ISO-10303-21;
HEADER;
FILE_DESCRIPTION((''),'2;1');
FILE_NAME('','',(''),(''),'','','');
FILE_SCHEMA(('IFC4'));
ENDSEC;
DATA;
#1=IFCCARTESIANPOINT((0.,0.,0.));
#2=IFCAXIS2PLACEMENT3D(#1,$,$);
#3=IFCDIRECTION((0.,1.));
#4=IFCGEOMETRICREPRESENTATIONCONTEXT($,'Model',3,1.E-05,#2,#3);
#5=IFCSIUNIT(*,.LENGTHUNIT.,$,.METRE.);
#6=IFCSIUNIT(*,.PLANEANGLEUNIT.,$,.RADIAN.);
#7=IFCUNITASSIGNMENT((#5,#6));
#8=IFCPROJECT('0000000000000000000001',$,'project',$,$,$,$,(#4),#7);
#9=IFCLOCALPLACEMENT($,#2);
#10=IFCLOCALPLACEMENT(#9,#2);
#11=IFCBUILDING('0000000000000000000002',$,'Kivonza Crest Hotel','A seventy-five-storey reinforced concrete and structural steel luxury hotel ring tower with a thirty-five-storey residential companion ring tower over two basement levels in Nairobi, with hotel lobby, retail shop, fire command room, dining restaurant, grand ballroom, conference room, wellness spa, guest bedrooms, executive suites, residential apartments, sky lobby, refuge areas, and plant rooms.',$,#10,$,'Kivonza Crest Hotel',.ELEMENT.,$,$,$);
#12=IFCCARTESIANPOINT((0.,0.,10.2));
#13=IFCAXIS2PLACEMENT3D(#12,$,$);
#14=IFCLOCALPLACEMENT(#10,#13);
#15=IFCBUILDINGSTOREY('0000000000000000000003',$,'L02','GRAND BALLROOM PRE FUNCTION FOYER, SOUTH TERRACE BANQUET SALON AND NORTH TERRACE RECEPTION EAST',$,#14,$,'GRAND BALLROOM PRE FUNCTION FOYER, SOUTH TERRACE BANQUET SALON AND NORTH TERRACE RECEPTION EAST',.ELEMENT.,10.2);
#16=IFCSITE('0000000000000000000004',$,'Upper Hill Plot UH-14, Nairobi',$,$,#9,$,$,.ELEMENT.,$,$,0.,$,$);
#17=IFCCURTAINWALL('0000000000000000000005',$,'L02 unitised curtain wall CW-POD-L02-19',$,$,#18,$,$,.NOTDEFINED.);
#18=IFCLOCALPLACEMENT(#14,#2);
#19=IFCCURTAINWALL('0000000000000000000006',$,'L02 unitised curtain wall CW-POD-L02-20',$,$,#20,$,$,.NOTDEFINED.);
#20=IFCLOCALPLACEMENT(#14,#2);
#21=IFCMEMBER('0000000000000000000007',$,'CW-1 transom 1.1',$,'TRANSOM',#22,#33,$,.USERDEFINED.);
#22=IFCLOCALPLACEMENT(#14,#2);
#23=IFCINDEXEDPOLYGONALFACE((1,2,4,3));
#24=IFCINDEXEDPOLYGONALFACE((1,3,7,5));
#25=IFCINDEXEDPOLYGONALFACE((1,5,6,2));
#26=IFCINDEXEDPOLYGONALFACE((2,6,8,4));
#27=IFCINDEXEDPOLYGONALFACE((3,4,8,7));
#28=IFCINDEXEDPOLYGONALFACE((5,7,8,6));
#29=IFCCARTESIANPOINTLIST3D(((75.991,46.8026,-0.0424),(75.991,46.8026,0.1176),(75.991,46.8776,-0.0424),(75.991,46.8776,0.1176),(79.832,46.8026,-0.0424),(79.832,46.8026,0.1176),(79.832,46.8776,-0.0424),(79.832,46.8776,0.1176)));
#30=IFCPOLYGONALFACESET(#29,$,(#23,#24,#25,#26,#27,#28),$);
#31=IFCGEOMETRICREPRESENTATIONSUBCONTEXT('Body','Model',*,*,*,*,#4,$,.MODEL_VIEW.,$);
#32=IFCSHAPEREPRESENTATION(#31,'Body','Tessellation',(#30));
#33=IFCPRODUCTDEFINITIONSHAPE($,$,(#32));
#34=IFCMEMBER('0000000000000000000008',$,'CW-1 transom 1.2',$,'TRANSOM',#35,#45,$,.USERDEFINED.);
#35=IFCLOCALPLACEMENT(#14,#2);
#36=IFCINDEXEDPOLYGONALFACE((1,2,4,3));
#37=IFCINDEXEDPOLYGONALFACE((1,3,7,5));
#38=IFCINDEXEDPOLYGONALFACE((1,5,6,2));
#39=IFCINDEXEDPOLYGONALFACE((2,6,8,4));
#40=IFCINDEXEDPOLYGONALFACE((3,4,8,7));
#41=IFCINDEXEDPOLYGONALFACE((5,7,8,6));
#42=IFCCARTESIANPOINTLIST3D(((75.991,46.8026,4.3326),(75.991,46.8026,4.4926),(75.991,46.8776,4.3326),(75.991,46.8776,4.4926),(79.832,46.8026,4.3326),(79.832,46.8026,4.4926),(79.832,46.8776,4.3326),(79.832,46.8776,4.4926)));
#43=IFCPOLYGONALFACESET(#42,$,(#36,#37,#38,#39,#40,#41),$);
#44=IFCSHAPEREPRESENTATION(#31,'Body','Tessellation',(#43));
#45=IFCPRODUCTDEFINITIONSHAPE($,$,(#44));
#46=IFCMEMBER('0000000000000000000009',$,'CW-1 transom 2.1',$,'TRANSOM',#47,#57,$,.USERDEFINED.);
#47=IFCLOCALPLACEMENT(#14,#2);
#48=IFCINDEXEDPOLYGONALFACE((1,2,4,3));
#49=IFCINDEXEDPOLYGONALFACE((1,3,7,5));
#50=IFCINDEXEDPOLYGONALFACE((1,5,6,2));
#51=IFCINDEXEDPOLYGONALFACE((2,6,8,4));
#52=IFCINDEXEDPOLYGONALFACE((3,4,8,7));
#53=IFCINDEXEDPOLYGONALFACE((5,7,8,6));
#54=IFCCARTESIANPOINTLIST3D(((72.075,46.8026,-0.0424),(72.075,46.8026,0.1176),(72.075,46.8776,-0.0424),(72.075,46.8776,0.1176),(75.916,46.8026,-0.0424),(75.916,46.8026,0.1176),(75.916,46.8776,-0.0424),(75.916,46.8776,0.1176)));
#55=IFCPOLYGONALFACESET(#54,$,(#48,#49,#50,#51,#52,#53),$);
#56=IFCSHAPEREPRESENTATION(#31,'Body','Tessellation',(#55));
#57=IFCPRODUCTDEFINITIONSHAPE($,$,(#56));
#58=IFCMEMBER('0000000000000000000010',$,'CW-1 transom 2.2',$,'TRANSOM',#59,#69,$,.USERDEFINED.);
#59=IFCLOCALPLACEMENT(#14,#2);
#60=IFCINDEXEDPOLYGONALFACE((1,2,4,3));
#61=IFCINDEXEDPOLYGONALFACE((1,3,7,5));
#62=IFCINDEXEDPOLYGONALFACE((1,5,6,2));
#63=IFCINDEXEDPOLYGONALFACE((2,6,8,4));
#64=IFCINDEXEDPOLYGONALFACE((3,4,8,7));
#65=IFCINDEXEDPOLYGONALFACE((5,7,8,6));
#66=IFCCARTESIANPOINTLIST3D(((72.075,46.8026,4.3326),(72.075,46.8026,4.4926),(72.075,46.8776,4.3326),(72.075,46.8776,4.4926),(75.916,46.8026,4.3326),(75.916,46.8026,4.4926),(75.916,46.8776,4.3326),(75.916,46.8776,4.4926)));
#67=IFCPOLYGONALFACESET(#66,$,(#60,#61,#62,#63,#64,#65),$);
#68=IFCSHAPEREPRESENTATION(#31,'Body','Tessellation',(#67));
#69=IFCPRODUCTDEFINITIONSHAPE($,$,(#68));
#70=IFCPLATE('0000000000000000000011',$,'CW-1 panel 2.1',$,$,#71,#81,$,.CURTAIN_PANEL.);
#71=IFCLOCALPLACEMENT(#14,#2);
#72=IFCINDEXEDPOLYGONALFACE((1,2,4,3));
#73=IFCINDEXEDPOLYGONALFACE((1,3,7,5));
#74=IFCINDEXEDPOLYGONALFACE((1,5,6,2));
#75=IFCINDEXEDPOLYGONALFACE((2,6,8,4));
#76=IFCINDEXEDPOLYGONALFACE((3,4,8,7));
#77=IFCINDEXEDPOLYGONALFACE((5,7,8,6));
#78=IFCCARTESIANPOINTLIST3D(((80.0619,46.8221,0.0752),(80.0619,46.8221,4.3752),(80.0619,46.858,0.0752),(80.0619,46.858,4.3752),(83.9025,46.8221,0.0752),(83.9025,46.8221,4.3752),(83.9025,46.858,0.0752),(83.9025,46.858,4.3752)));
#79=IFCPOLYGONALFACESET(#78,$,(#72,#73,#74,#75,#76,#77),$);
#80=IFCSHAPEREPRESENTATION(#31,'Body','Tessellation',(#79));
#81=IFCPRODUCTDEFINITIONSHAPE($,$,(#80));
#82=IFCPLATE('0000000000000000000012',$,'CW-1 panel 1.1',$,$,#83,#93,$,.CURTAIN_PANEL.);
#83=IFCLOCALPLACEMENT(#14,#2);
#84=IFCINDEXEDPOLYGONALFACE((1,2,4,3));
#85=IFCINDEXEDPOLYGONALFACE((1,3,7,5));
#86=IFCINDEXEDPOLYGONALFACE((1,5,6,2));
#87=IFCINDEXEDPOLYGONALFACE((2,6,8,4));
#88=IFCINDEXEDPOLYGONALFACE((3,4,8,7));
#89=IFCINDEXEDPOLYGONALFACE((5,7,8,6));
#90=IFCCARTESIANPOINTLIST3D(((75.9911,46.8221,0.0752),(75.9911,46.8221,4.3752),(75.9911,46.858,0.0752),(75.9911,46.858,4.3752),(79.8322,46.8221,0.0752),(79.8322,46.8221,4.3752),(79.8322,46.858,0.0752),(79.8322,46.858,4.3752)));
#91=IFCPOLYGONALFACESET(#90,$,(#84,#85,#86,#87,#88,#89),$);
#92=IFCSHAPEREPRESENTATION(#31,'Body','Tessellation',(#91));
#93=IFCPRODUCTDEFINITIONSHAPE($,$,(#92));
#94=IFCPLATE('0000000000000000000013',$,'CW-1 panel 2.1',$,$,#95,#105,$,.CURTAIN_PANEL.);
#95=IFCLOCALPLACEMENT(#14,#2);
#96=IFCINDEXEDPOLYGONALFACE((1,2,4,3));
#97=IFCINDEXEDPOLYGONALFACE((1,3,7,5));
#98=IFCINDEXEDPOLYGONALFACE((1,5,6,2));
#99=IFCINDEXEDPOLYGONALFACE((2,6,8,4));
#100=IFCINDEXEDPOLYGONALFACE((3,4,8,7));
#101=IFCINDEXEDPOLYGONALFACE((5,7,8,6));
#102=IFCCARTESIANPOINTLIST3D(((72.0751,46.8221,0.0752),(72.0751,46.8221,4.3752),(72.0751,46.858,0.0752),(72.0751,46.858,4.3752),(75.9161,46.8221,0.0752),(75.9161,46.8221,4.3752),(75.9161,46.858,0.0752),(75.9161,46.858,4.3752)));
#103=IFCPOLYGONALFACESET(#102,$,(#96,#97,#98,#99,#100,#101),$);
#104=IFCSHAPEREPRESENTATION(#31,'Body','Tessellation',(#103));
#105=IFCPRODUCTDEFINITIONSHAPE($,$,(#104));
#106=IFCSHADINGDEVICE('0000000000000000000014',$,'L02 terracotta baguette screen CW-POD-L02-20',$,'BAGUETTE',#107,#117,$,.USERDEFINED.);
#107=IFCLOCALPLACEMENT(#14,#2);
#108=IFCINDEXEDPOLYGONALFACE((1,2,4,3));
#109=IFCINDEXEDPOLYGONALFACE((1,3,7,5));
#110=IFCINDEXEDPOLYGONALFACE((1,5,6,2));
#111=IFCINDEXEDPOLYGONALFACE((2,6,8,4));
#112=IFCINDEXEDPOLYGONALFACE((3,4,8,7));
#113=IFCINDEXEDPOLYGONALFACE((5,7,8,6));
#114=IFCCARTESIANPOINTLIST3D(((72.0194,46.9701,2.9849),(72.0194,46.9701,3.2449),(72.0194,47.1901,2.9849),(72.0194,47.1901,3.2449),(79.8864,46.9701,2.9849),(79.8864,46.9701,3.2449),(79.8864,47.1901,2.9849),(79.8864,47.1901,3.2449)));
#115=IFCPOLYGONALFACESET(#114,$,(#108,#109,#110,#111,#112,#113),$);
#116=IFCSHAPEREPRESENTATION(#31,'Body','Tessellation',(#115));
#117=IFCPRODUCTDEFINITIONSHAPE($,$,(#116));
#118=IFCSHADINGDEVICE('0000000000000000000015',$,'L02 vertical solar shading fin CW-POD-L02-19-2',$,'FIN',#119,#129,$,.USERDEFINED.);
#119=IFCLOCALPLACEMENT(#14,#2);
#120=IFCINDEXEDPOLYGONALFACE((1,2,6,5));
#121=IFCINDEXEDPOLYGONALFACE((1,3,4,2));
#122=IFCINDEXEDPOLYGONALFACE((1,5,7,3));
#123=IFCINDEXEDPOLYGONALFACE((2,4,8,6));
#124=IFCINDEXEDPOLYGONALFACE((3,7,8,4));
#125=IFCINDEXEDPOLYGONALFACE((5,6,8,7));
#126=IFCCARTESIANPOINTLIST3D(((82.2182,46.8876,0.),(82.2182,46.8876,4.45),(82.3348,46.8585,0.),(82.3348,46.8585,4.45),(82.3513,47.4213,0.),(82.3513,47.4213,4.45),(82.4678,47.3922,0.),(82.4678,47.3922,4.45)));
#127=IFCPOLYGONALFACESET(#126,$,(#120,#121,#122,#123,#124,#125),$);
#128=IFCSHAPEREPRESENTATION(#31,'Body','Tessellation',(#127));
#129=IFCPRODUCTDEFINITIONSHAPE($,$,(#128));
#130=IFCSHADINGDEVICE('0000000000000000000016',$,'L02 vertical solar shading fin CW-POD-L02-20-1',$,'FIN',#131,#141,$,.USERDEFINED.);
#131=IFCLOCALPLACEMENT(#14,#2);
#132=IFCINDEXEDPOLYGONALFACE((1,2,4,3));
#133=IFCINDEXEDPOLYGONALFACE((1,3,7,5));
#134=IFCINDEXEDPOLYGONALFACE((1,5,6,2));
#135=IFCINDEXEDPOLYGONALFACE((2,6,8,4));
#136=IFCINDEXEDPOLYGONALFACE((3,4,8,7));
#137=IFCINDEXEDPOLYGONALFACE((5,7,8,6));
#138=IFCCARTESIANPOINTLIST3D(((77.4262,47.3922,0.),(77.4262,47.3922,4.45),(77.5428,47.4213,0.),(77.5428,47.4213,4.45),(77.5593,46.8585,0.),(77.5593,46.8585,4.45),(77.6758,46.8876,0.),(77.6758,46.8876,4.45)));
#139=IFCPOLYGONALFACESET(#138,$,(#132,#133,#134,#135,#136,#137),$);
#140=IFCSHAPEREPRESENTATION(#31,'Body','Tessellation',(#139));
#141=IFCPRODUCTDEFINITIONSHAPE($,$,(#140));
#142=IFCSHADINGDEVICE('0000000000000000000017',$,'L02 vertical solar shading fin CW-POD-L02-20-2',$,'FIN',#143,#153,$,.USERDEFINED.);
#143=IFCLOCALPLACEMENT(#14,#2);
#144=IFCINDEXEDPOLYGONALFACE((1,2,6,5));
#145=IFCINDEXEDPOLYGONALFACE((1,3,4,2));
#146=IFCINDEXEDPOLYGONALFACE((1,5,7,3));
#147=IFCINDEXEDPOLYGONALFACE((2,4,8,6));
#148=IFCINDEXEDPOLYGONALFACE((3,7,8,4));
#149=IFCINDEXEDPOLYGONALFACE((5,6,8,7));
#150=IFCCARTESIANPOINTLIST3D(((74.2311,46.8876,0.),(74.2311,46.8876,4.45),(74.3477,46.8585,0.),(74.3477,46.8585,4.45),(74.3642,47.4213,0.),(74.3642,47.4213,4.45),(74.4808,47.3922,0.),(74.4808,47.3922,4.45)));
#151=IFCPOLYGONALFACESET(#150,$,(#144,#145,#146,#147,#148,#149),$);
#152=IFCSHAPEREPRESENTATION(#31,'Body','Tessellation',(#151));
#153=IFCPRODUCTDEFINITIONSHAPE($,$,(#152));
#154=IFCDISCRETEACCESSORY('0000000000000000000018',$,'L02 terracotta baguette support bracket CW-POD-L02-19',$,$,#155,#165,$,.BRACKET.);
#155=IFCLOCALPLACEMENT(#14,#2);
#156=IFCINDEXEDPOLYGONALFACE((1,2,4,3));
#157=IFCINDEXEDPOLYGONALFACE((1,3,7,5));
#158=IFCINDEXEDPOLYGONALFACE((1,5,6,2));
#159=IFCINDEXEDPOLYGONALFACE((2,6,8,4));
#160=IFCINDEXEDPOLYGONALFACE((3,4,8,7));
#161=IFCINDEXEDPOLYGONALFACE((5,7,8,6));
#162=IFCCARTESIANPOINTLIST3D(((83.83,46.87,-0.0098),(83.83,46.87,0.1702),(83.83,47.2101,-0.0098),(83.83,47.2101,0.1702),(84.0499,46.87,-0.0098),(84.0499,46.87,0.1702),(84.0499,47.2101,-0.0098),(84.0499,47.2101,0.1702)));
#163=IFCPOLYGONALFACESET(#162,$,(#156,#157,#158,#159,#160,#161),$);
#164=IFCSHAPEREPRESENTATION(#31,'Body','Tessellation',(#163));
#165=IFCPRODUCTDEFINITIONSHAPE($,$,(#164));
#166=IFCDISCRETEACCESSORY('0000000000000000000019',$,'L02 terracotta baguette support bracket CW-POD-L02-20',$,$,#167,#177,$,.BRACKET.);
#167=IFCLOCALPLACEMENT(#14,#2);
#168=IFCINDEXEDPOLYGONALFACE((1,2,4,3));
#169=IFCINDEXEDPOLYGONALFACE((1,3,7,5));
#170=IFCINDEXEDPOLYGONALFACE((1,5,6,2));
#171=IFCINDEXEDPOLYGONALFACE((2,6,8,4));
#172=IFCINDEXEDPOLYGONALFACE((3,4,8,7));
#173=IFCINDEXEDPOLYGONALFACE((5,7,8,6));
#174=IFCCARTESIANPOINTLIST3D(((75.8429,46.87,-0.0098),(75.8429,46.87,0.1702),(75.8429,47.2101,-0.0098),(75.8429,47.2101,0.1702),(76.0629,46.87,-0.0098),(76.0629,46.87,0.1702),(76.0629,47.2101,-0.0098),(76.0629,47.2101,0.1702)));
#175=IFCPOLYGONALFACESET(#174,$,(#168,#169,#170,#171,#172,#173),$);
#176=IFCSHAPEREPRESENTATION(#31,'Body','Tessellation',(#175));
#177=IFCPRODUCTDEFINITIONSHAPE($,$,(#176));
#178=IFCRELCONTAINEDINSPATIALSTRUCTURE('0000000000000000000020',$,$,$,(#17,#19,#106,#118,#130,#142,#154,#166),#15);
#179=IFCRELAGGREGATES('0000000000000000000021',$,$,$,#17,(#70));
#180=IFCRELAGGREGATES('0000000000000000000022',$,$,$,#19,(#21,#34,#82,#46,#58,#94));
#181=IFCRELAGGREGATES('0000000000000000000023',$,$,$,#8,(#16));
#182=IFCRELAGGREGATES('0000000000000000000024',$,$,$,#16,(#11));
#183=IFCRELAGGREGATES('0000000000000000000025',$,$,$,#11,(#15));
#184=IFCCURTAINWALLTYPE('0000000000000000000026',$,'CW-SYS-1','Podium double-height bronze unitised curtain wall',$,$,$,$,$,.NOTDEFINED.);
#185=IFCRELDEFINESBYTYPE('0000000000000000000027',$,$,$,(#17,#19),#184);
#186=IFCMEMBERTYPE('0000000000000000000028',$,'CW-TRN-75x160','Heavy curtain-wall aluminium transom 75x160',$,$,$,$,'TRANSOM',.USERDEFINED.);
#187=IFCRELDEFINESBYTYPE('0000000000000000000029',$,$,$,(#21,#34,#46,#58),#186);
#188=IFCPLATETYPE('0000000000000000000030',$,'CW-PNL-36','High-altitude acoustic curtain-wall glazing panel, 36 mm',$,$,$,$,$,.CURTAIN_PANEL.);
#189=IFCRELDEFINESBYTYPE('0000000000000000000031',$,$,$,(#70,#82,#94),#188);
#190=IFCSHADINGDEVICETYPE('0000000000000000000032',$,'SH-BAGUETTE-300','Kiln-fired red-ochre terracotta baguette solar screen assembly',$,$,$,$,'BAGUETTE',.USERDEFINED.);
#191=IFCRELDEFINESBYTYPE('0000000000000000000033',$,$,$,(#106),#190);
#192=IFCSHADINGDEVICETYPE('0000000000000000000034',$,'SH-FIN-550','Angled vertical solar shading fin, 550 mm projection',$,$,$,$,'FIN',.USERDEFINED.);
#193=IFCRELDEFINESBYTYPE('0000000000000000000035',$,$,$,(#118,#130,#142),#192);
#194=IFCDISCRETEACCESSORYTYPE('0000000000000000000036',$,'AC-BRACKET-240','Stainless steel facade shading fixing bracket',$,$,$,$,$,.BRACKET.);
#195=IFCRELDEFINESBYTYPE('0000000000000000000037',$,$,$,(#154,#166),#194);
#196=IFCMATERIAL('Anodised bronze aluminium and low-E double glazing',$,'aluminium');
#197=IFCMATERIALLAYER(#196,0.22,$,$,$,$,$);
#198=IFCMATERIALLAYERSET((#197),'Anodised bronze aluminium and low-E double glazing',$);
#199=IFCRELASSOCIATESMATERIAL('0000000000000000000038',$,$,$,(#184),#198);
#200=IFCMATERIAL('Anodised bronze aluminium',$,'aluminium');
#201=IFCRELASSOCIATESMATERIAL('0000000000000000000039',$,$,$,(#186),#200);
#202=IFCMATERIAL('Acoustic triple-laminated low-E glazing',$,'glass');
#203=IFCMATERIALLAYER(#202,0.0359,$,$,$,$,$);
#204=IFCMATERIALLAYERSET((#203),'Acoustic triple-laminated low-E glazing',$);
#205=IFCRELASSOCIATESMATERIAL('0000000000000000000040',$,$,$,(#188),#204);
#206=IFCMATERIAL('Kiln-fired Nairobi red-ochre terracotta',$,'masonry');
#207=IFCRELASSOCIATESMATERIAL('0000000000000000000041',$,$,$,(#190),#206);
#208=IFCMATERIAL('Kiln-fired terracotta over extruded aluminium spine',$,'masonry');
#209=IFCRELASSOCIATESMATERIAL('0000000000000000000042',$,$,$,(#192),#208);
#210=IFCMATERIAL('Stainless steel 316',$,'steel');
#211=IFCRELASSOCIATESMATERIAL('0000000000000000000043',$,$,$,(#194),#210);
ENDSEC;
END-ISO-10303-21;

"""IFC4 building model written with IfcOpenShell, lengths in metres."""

from ifc_helpers import new_model, si_unit, direction, frame, origin, origin_2d, place, context, subcontext, project, spatial, rectangle, extrude, material, layer, layer_set, material_profile, profile_set, type_object, element, aggregate, save


model = new_model("IFC4")

# Units and contexts
model_context = context("Model", 3, precision=1e-05, world=origin(), true_north=direction((0.0, 1.0)))
body_context = subcontext(model_context, "Body", "Model", "MODEL_VIEW")
ifc_project = project(units=[si_unit("LENGTHUNIT", "METRE"), si_unit("PLANEANGLEUNIT", "RADIAN")], contexts=[model_context])

# Site, building, storey
site_placement = place(None, origin())
site = spatial("IfcSite", under=ifc_project, at=site_placement, Name="Upper Hill Plot UH-14, Nairobi", CompositionType="ELEMENT", RefElevation=0.0)
building_placement = place(site_placement, origin())
building = spatial("IfcBuilding", under=site, at=building_placement, Name="Kivonza Crest Hotel", Description="A seventy-five-storey reinforced concrete and structural steel luxury hotel ring tower with a thirty-five-storey residential companion ring tower over two basement levels in Nairobi, with hotel lobby, retail shop, fire command room, dining restaurant, grand ballroom, conference room, wellness spa, guest bedrooms, executive suites, residential apartments, sky lobby, refuge areas, and plant rooms.", LongName="Kivonza Crest Hotel", CompositionType="ELEMENT")
storey_placement = place(building_placement, frame((0.0, 0.0, 10.2)))
storey = spatial("IfcBuildingStorey", under=building, at=storey_placement, Name="L02", Description="GRAND BALLROOM PRE FUNCTION FOYER, SOUTH TERRACE BANQUET SALON AND NORTH TERRACE RECEPTION EAST", LongName="GRAND BALLROOM PRE FUNCTION FOYER, SOUTH TERRACE BANQUET SALON AND NORTH TERRACE RECEPTION EAST", CompositionType="ELEMENT", Elevation=10.2)

# Curtain walls
ifc_material_1 = material(Name="Anodised bronze aluminium and low-E double glazing", Category="aluminium")
ifc_layer_1 = layer(ifc_material_1, 0.22)
ifc_layer_set_1 = layer_set([ifc_layer_1], Name="Anodised bronze aluminium and low-E double glazing")
curtain_wall_type = type_object("IfcCurtainWallType", Name="CW-SYS-1", Description="Podium double-height bronze unitised curtain wall", PredefinedType="NOTDEFINED", material=ifc_layer_set_1)
curtain_wall_1_placement = place(storey_placement, origin())
curtain_wall_1 = element("IfcCurtainWall", 1, at=curtain_wall_1_placement, inside=storey, type_object=curtain_wall_type, Name="L02 unitised curtain wall CW-POD-L02-19", PredefinedType="NOTDEFINED")
ifc_material_2 = material(Name="Anodised bronze aluminium", Category="aluminium")
curtain_wall_2_placement = place(storey_placement, origin())
curtain_wall_2 = element("IfcCurtainWall", 2, at=curtain_wall_2_placement, inside=storey, type_object=curtain_wall_type, Name="L02 unitised curtain wall CW-POD-L02-20", PredefinedType="NOTDEFINED")

# Members
ifc_material_profile_1 = material_profile(ifc_material_2, rectangle(XDim=0.075, YDim=0.1599, at=origin_2d()), Name="CW-T 75x160")
ifc_profile_set_1 = profile_set([ifc_material_profile_1], Name="Anodised bronze aluminium")
member_type_1 = type_object("IfcMemberType", Name="CW-TRN-75x160", Description="Heavy curtain-wall aluminium transom 75x160", ElementType="TRANSOM", PredefinedType="USERDEFINED", material=ifc_profile_set_1)
member_1_placement = place(storey_placement, frame((79.832, 46.8401, 0.0376), z_axis=(-1.0, 0.0, 0.0), x_axis=(0.0, -1.0, 0.0)))
member_1 = element("IfcMember", 3, at=member_1_placement, type_object=member_type_1, Name="CW-1 transom 1.1", ObjectType="TRANSOM", PredefinedType="USERDEFINED", context=body_context, shape_type="SweptSolid", body=[
    extrude(rectangle(XDim=0.075, YDim=0.1599, at=origin_2d()), origin(), (0.0, 0.0, 1.0), 3.8411),
])
member_2_placement = place(storey_placement, frame((79.832, 46.8401, 4.4126), z_axis=(-1.0, 0.0, 0.0), x_axis=(0.0, -1.0, 0.0)))
member_2 = element("IfcMember", 4, at=member_2_placement, type_object=member_type_1, Name="CW-1 transom 1.2", ObjectType="TRANSOM", PredefinedType="USERDEFINED", context=body_context, shape_type="SweptSolid", body=[
    extrude(rectangle(XDim=0.075, YDim=0.1599, at=origin_2d()), origin(), (0.0, 0.0, 1.0), 3.8411),
])
member_3_placement = place(storey_placement, frame((75.916, 46.8401, 0.0376), z_axis=(-1.0, 0.0, 0.0), x_axis=(0.0, -1.0, 0.0)))
member_3 = element("IfcMember", 5, at=member_3_placement, type_object=member_type_1, Name="CW-1 transom 2.1", ObjectType="TRANSOM", PredefinedType="USERDEFINED", context=body_context, shape_type="SweptSolid", body=[
    extrude(rectangle(XDim=0.075, YDim=0.1599, at=origin_2d()), origin(), (0.0, 0.0, 1.0), 3.8411),
])
member_4_placement = place(storey_placement, frame((75.916, 46.8401, 4.4126), z_axis=(-1.0, 0.0, 0.0), x_axis=(0.0, -1.0, 0.0)))
member_4 = element("IfcMember", 6, at=member_4_placement, type_object=member_type_1, Name="CW-1 transom 2.2", ObjectType="TRANSOM", PredefinedType="USERDEFINED", context=body_context, shape_type="SweptSolid", body=[
    extrude(rectangle(XDim=0.075, YDim=0.1599, at=origin_2d()), origin(), (0.0, 0.0, 1.0), 3.8411),
])

# Plates
ifc_material_3 = material(Name="Acoustic triple-laminated low-E glazing", Category="glass")
ifc_layer_2 = layer(ifc_material_3, 0.0359)
ifc_layer_set_2 = layer_set([ifc_layer_2], Name="Acoustic triple-laminated low-E glazing")
plate_type = type_object("IfcPlateType", Name="CW-PNL-36", Description="High-altitude acoustic curtain-wall glazing panel, 36 mm", PredefinedType="CURTAIN_PANEL", material=ifc_layer_set_2)
plate_1_placement = place(storey_placement, frame((81.9822, 46.8401, 0.0752), z_axis=(0.0, 0.0, 1.0), x_axis=(-1.0, 0.0, 0.0)))
plate_1 = element("IfcPlate", 7, at=plate_1_placement, type_object=plate_type, Name="CW-1 panel 2.1", PredefinedType="CURTAIN_PANEL", context=body_context, shape_type="SweptSolid", body=[
    extrude(rectangle(XDim=3.8406, YDim=0.0359, at=origin_2d()), origin(), (0.0, 0.0, 1.0), 4.3),
])
aggregate(curtain_wall_1, [plate_1])
plate_2_placement = place(storey_placement, frame((77.9116, 46.8401, 0.0752), z_axis=(0.0, 0.0, 1.0), x_axis=(-1.0, 0.0, 0.0)))
plate_2 = element("IfcPlate", 8, at=plate_2_placement, type_object=plate_type, Name="CW-1 panel 1.1", PredefinedType="CURTAIN_PANEL", context=body_context, shape_type="SweptSolid", body=[
    extrude(rectangle(XDim=3.8411, YDim=0.0359, at=origin_2d()), origin(), (0.0, 0.0, 1.0), 4.3),
])
plate_3_placement = place(storey_placement, frame((73.9956, 46.8401, 0.0752), z_axis=(0.0, 0.0, 1.0), x_axis=(-1.0, 0.0, 0.0)))
plate_3 = element("IfcPlate", 9, at=plate_3_placement, type_object=plate_type, Name="CW-1 panel 2.1", PredefinedType="CURTAIN_PANEL", context=body_context, shape_type="SweptSolid", body=[
    extrude(rectangle(XDim=3.8411, YDim=0.0359, at=origin_2d()), origin(), (0.0, 0.0, 1.0), 4.3),
])
aggregate(curtain_wall_2, [member_1, member_2, plate_2, member_3, member_4, plate_3])

# Shading devices
ifc_material_4 = material(Name="Kiln-fired Nairobi red-ochre terracotta", Category="masonry")
shading_device_type_1 = type_object("IfcShadingDeviceType", Name="SH-BAGUETTE-300", Description="Kiln-fired red-ochre terracotta baguette solar screen assembly", ElementType="BAGUETTE", PredefinedType="USERDEFINED", material=ifc_material_4)
shading_device_placement = place(storey_placement, frame((75.9529, 47.0801, 2.9849), z_axis=(0.0, 0.0, 1.0), x_axis=(-1.0, 0.0, 0.0)))
element("IfcShadingDevice", 10, at=shading_device_placement, inside=storey, type_object=shading_device_type_1, Name="L02 terracotta baguette screen CW-POD-L02-20", ObjectType="BAGUETTE", PredefinedType="USERDEFINED", context=body_context, shape_type="SweptSolid", body=[
    extrude(rectangle(XDim=7.8669, YDim=0.22, at=origin_2d()), origin(), (0.0, 0.0, 1.0), 0.26),
])
ifc_material_5 = material(Name="Kiln-fired terracotta over extruded aluminium spine", Category="masonry")
shading_device_type_2 = type_object("IfcShadingDeviceType", Name="SH-FIN-550", Description="Angled vertical solar shading fin, 550 mm projection", ElementType="FIN", PredefinedType="USERDEFINED", material=ifc_material_5)
for number, where, z_axis, x_axis, name in (
    (11, (82.343, 47.1399, 0.0), (0.0, 0.0, 1.0), (-0.970296, 0.241922, 0.0), "L02 vertical solar shading fin CW-POD-L02-19-2"),
    (12, (77.551, 47.1399, 0.0), (0.0, 0.0, 1.0), (-0.970296, -0.241922, 0.0), "L02 vertical solar shading fin CW-POD-L02-20-1"),
    (13, (74.356, 47.1399, 0.0), (0.0, 0.0, 1.0), (-0.970296, 0.241922, 0.0), "L02 vertical solar shading fin CW-POD-L02-20-2"),
):
    element("IfcShadingDevice", number, at=place(storey_placement, frame(where, z_axis=z_axis, x_axis=x_axis)), inside=storey, type_object=shading_device_type_2, Name=name, ObjectType="FIN", PredefinedType="USERDEFINED", context=body_context, shape_type="SweptSolid", body=[
        extrude(rectangle(XDim=0.1201, YDim=0.55, at=origin_2d()), origin(), (0.0, 0.0, 1.0), 4.45),
    ])

# Discrete accessories
ifc_material_6 = material(Name="Stainless steel 316", Category="steel")
discrete_accessory_type = type_object("IfcDiscreteAccessoryType", Name="AC-BRACKET-240", Description="Stainless steel facade shading fixing bracket", PredefinedType="BRACKET", material=ifc_material_6)
for number, where, z_axis, x_axis, name in (
    (14, (83.9399, 47.04, -0.0098), (0.0, 0.0, 1.0), (-1.0, 0.0, 0.0), "L02 terracotta baguette support bracket CW-POD-L02-19"),
    (15, (75.9529, 47.04, -0.0098), (0.0, 0.0, 1.0), (-1.0, 0.0, 0.0), "L02 terracotta baguette support bracket CW-POD-L02-20"),
):
    element("IfcDiscreteAccessory", number, at=place(storey_placement, frame(where, z_axis=z_axis, x_axis=x_axis)), inside=storey, type_object=discrete_accessory_type, Name=name, PredefinedType="BRACKET", context=body_context, shape_type="SweptSolid", body=[
        extrude(rectangle(XDim=0.22, YDim=0.3401, at=origin_2d()), origin(), (0.0, 0.0, 1.0), 0.1799),
    ])

save(model, "model.ifc")
